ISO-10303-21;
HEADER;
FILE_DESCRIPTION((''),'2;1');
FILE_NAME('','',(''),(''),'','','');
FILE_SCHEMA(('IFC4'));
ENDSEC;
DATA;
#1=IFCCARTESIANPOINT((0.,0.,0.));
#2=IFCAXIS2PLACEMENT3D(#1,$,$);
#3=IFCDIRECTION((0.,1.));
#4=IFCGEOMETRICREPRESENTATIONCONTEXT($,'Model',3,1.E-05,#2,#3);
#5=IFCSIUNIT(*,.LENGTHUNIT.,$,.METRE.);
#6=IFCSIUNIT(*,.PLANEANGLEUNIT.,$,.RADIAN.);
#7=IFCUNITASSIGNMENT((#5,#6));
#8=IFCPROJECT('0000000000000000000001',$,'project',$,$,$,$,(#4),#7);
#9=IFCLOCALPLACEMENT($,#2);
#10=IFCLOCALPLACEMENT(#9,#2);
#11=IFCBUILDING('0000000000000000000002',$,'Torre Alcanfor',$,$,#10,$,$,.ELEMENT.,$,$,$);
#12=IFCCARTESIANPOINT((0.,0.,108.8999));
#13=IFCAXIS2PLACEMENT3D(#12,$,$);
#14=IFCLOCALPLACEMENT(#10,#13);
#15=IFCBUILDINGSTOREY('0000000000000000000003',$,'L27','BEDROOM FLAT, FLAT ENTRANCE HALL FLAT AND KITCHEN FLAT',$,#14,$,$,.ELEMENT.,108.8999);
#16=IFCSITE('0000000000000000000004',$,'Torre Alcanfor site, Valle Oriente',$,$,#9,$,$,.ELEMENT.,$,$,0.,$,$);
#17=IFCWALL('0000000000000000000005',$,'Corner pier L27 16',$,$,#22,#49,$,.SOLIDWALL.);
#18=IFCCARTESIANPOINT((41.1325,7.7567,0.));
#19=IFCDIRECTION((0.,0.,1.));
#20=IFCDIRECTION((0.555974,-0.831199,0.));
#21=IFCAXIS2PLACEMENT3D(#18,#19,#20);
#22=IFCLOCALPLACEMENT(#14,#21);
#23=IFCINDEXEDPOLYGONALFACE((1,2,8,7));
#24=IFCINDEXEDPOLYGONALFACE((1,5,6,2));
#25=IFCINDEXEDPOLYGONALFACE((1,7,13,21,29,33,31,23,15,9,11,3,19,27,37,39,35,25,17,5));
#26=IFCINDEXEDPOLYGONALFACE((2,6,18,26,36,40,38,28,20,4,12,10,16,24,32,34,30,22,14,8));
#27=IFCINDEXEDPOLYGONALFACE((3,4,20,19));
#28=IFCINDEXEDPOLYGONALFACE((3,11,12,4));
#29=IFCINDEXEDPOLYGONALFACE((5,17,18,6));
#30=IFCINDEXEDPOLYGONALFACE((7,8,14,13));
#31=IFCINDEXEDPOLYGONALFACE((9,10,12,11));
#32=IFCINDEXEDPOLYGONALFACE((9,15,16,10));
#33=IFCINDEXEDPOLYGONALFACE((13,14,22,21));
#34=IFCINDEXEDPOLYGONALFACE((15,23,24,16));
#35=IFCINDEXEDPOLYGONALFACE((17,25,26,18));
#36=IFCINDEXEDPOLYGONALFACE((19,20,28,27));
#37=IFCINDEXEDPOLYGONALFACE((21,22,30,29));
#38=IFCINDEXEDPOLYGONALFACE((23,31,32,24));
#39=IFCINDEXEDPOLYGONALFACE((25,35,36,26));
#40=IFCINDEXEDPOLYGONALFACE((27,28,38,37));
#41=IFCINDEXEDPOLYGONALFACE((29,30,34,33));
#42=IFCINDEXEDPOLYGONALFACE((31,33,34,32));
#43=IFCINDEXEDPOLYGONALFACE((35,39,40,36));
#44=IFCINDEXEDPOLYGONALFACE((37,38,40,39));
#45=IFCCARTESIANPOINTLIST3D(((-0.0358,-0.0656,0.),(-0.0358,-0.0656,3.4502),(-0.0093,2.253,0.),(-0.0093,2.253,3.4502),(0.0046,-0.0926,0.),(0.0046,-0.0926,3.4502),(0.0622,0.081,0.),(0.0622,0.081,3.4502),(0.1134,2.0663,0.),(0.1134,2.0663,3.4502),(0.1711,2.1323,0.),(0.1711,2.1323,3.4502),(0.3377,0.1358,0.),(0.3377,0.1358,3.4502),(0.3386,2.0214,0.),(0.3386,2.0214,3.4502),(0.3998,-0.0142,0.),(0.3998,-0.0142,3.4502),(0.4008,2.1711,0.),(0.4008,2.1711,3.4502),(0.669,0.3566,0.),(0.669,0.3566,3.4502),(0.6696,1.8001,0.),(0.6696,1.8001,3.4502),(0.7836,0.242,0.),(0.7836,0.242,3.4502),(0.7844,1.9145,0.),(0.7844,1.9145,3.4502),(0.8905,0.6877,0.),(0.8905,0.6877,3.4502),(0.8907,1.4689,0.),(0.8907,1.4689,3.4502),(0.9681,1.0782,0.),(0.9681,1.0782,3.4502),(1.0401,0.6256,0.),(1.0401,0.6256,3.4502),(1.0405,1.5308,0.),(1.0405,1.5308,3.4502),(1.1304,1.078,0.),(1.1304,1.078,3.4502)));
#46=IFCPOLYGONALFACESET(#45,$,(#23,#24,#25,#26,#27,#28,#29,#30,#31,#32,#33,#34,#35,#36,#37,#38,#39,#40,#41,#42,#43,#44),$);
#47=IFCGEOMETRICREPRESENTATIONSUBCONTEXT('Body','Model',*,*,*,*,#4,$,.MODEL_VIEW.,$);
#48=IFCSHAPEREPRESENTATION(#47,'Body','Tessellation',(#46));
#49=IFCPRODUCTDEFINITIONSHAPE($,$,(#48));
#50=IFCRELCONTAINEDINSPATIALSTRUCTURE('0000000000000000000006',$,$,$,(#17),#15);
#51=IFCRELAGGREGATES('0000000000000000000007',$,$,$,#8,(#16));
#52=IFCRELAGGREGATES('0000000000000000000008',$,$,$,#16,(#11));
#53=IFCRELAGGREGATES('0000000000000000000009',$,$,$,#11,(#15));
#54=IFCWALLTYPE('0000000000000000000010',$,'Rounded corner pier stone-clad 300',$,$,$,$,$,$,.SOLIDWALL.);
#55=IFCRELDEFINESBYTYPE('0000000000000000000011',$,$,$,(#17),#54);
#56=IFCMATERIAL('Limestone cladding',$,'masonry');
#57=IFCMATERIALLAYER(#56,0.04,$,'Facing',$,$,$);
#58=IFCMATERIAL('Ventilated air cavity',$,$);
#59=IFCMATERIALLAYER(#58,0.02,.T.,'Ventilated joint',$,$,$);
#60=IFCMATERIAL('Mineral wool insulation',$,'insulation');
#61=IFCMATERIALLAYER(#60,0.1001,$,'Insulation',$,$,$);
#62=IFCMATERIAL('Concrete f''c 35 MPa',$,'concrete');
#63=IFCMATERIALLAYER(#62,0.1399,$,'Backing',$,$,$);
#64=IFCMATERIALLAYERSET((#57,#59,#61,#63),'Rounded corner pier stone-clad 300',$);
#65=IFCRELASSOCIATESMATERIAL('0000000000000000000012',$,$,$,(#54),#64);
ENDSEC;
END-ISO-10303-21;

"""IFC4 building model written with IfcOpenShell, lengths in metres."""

from ifc_helpers import new_model, si_unit, direction, frame, origin, place, context, subcontext, project, spatial, polyline, outline, extrude, material, layer, layer_set, type_object, element, save


model = new_model("IFC4")

# Units and contexts
model_context = context("Model", 3, precision=1e-05, world=origin(), true_north=direction((0.0, 1.0)))
body_context = subcontext(model_context, "Body", "Model", "MODEL_VIEW")
ifc_project = project(units=[si_unit("LENGTHUNIT", "METRE"), si_unit("PLANEANGLEUNIT", "RADIAN")], contexts=[model_context])

# Site, building, storey
site_placement = place(None, origin())
site = spatial("IfcSite", under=ifc_project, at=site_placement, Name="Torre Alcanfor site, Valle Oriente", CompositionType="ELEMENT", RefElevation=0.0)
building_placement = place(site_placement, origin())
building = spatial("IfcBuilding", under=site, at=building_placement, Name="Torre Alcanfor", CompositionType="ELEMENT")
storey_placement = place(building_placement, frame((0.0, 0.0, 108.8999)))
storey = spatial("IfcBuildingStorey", under=building, at=storey_placement, Name="L27", Description="BEDROOM FLAT, FLAT ENTRANCE HALL FLAT AND KITCHEN FLAT", CompositionType="ELEMENT", Elevation=108.8999)

# Shared definitions
ifc_material_1 = material(Name="Limestone cladding", Category="masonry")
ifc_material_2 = material(Name="Ventilated air cavity")
ifc_material_3 = material(Name="Mineral wool insulation", Category="insulation")
ifc_material_4 = material(Name="Concrete f'c 35 MPa", Category="concrete")

# Wall
ifc_layer_1 = layer(ifc_material_1, 0.04, Name="Facing")
ifc_layer_2 = layer(ifc_material_2, 0.02, ventilated=True, Name="Ventilated joint")
ifc_layer_3 = layer(ifc_material_3, 0.1001, Name="Insulation")
ifc_layer_4 = layer(ifc_material_4, 0.1399, Name="Backing")
ifc_layer_set_1 = layer_set([ifc_layer_1, ifc_layer_2, ifc_layer_3, ifc_layer_4], Name="Rounded corner pier stone-clad 300")
wall_type_1 = type_object("IfcWallType", Name="Rounded corner pier stone-clad 300", PredefinedType="SOLIDWALL", material=ifc_layer_set_1)
wall_1_placement = place(storey_placement, frame((41.1325, 7.7567, 0.0), z_axis=(0.0, 0.0, 1.0), x_axis=(0.555974, -0.831199, 0.0)))
element("IfcWall", 1, at=wall_1_placement, inside=storey, type_object=wall_type_1, Name="Corner pier L27 16", PredefinedType="SOLIDWALL", context=body_context, shape_type="SweptSolid", body=[
    extrude(outline(polyline([(0.1711, 2.1323), (0.1134, 2.0663), (0.3386, 2.0214), (0.6696, 1.8001), (0.8907, 1.4689), (0.9681, 1.0782), (0.8905, 0.6877), (0.669, 0.3566), (0.3377, 0.1358), (0.0622, 0.081), (-0.0358, -0.0656), (0.0046, -0.0926), (0.3998, -0.0142), (0.7836, 0.242), (1.0401, 0.6256), (1.1304, 1.078), (1.0405, 1.5308), (0.7844, 1.9145), (0.4008, 2.1711), (-0.0093, 2.253), (0.1711, 2.1323)])), origin(), (0.0, 0.0, 1.0), 3.4502),
])

save(model, "model.ifc")
